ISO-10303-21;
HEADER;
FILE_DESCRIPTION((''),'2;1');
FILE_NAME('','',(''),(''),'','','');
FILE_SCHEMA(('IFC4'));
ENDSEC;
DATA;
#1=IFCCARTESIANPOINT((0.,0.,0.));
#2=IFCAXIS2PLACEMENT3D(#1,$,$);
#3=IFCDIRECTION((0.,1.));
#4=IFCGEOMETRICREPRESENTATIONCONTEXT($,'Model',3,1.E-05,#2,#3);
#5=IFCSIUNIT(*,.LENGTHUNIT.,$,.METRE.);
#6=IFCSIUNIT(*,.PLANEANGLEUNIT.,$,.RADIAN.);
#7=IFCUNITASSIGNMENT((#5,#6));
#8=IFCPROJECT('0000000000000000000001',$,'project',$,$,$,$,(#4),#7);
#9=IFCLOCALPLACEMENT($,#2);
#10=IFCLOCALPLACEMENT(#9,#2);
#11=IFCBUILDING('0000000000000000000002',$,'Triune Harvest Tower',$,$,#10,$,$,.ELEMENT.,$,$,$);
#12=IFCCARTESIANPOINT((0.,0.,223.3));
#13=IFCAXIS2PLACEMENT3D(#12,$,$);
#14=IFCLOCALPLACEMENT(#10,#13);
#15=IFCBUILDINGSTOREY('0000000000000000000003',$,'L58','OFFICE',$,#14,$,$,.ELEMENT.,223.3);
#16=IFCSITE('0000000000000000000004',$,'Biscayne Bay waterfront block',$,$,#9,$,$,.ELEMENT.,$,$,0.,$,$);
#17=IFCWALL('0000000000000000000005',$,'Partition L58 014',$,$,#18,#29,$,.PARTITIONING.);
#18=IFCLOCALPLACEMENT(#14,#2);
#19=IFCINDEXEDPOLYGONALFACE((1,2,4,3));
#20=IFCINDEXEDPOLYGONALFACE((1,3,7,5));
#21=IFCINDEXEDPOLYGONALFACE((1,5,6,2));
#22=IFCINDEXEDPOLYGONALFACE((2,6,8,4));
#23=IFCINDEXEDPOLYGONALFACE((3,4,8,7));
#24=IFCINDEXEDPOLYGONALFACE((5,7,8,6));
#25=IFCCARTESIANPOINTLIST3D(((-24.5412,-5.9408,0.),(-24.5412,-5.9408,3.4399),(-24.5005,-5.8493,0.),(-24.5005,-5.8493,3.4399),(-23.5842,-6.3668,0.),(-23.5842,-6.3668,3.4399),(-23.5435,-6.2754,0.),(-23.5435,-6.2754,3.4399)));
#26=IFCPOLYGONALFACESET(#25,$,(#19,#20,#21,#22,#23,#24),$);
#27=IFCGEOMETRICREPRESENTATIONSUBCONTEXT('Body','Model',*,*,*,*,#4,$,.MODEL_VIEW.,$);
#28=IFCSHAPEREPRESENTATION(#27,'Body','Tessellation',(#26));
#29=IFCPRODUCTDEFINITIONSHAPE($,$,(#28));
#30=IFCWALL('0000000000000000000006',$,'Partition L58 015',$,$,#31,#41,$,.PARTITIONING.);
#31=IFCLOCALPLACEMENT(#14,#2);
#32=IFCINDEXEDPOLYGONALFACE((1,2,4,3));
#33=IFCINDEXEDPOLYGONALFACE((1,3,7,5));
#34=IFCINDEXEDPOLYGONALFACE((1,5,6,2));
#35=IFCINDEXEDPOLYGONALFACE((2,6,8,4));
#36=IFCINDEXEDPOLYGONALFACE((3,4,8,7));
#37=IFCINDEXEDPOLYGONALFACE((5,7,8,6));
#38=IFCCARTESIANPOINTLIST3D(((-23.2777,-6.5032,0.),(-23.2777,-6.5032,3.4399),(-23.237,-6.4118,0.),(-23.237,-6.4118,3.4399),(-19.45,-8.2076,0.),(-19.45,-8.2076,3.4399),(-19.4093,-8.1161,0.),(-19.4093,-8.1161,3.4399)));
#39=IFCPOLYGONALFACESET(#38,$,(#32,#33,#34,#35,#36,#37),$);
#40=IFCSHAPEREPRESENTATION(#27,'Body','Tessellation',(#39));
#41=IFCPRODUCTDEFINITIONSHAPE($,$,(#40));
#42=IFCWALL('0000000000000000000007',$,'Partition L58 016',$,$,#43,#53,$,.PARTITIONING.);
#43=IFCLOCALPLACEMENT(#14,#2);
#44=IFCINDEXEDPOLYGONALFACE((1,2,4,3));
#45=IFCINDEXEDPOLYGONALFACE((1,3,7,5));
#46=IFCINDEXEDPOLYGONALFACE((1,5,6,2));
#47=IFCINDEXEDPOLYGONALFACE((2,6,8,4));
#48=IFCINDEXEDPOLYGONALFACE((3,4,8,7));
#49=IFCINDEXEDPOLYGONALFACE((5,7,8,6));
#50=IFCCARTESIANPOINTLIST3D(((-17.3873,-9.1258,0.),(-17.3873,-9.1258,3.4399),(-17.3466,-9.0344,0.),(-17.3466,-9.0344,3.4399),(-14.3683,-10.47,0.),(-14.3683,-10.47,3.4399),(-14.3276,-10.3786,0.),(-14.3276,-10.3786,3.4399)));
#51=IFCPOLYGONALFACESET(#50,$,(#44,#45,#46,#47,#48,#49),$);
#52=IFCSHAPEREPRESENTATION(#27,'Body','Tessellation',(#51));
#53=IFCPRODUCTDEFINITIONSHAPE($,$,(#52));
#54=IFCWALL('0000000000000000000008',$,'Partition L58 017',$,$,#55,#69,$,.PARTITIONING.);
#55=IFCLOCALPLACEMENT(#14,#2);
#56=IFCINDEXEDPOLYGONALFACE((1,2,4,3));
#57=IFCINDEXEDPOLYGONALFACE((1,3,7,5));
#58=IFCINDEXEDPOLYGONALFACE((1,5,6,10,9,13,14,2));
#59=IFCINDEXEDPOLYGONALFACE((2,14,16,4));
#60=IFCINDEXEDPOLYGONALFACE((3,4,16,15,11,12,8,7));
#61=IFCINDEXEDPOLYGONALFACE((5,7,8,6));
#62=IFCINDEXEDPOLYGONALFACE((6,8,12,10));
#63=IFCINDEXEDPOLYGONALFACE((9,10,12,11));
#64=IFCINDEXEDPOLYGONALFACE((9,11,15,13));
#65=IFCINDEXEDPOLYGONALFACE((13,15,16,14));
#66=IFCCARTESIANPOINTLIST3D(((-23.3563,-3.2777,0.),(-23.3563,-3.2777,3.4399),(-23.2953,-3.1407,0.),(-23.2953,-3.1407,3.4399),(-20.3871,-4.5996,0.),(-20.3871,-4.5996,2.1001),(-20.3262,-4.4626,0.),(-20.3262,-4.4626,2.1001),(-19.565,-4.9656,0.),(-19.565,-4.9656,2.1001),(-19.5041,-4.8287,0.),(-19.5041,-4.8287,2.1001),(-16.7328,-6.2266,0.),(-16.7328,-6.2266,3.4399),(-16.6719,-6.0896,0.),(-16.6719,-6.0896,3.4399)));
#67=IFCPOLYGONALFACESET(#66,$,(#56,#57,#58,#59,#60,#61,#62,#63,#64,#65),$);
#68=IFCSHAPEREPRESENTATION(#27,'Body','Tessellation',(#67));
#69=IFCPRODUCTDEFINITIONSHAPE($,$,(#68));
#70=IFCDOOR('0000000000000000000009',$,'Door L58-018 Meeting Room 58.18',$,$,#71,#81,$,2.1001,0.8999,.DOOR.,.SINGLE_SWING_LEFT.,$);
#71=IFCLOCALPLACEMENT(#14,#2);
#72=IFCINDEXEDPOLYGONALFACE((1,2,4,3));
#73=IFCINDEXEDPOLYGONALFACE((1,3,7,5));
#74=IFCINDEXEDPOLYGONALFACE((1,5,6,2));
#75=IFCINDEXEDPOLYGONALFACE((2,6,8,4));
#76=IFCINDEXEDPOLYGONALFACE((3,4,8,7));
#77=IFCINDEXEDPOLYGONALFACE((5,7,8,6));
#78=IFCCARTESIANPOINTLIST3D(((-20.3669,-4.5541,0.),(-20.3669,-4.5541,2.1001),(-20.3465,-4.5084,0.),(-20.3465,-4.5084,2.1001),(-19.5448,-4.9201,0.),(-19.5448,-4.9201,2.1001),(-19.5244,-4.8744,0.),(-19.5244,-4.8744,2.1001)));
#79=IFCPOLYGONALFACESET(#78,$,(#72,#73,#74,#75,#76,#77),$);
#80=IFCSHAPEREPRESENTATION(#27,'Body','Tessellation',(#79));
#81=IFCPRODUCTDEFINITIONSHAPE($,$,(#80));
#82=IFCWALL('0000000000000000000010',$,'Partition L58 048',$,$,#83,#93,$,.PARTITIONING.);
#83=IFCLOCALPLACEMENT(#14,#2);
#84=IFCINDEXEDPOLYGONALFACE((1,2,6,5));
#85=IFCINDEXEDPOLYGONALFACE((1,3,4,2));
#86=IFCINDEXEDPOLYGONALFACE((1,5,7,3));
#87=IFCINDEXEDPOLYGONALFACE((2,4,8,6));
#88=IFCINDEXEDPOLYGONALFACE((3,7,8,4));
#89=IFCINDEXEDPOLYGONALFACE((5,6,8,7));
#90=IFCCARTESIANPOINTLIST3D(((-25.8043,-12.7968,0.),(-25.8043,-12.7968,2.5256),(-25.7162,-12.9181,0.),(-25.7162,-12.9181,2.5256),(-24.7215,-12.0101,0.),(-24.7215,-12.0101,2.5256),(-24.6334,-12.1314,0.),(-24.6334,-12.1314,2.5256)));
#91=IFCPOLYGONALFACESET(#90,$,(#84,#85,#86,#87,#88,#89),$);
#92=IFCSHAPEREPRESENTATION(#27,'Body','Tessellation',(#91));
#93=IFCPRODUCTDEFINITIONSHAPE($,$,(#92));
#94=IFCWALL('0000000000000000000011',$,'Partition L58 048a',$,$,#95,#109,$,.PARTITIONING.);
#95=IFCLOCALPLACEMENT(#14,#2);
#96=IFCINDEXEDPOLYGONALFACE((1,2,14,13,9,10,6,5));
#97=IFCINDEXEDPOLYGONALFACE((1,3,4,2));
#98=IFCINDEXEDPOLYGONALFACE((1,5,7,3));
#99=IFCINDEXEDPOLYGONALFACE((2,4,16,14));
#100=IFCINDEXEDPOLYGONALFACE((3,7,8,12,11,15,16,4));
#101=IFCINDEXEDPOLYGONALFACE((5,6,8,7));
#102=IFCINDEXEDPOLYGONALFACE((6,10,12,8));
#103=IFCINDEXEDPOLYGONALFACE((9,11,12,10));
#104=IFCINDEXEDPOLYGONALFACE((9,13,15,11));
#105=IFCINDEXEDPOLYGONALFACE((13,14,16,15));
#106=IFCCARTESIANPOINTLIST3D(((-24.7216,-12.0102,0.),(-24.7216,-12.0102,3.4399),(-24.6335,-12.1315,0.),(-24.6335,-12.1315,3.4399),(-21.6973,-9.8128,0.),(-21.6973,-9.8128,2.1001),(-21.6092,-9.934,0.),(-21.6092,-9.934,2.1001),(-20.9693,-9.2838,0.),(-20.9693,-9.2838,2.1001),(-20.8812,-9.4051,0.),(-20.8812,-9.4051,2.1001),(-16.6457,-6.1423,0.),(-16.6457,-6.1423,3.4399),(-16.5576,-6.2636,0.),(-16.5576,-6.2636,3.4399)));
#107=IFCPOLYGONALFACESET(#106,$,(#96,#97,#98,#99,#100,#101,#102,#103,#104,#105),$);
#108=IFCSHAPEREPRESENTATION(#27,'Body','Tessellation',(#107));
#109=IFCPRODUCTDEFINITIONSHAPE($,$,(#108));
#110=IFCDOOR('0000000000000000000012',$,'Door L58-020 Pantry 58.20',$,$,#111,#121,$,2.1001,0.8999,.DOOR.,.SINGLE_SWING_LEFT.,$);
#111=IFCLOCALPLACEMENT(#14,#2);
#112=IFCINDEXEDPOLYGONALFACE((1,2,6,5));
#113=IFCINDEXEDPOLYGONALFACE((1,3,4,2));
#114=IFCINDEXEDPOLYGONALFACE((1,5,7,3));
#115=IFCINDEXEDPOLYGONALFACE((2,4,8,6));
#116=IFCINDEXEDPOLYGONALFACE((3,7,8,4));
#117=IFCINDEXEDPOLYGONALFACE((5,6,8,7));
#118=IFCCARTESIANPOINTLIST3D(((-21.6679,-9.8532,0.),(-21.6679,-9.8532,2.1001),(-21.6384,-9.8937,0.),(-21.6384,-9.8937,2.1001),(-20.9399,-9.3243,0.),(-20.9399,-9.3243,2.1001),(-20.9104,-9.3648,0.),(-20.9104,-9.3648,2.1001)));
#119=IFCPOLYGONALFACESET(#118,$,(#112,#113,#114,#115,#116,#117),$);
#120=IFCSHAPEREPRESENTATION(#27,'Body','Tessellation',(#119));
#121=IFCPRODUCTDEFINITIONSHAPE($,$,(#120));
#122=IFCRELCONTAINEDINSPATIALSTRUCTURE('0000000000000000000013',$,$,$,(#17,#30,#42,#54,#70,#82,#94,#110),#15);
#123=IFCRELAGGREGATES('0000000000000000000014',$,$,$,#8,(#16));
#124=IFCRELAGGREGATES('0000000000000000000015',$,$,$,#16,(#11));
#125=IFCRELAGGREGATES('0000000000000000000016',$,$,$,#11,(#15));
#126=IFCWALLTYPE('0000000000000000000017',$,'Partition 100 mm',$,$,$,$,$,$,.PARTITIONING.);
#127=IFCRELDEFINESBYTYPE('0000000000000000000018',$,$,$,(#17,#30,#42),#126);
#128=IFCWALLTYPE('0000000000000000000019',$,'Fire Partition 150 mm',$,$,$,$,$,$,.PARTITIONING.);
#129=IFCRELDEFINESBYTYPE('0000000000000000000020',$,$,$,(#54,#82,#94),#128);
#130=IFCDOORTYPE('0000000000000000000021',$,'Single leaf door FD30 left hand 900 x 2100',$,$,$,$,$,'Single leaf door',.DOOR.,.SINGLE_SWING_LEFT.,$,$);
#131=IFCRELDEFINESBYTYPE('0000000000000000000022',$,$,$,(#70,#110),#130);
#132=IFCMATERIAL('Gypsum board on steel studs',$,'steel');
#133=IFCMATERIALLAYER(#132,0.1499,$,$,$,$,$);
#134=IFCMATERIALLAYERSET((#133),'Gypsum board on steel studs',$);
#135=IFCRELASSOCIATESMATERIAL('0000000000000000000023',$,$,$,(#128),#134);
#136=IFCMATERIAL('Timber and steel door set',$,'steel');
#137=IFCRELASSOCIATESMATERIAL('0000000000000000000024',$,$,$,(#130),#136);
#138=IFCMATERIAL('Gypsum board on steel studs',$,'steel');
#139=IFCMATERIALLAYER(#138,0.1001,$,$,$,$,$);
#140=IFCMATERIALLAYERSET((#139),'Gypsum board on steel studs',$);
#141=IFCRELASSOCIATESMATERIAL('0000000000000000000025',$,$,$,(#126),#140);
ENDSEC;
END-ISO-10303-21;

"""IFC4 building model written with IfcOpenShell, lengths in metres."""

from ifc_helpers import new_model, si_unit, direction, frame, frame_2d, origin, place, context, subcontext, project, spatial, rectangle, extrude, source, transform, mapped, material, layer, layer_set, type_object, element, fill, save


model = new_model("IFC4")

# Units and contexts
model_context = context("Model", 3, precision=1e-05, world=origin(), true_north=direction((0.0, 1.0)))
body_context = subcontext(model_context, "Body", "Model", "MODEL_VIEW")
ifc_project = project(units=[si_unit("LENGTHUNIT", "METRE"), si_unit("PLANEANGLEUNIT", "RADIAN")], contexts=[model_context])

# Site, building, storey
site_placement = place(None, origin())
site = spatial("IfcSite", under=ifc_project, at=site_placement, Name="Biscayne Bay waterfront block", CompositionType="ELEMENT", RefElevation=0.0)
building_placement = place(site_placement, origin())
building = spatial("IfcBuilding", under=site, at=building_placement, Name="Triune Harvest Tower", CompositionType="ELEMENT")
storey_placement = place(building_placement, frame((0.0, 0.0, 223.3)))
storey = spatial("IfcBuildingStorey", under=building, at=storey_placement, Name="L58", Description="OFFICE", CompositionType="ELEMENT", Elevation=223.3)

# Shared definitions
ifc_material_1 = material(Name="Gypsum board on steel studs", Category="steel")
ifc_layer_1 = layer(ifc_material_1, 0.1499)
ifc_layer_set_1 = layer_set([ifc_layer_1], Name="Gypsum board on steel studs")
wall_type_1 = type_object("IfcWallType", Name="Fire Partition 150 mm", PredefinedType="PARTITIONING", material=ifc_layer_set_1)
ifc_material_2 = material(Name="Timber and steel door set", Category="steel")
door_type = type_object("IfcDoorType", Name="Single leaf door FD30 left hand 900 x 2100", ElementType="Single leaf door", OperationType="SINGLE_SWING_LEFT", PredefinedType="DOOR", material=ifc_material_2)

# Walls
ifc_material_3 = material(Name="Gypsum board on steel studs", Category="steel")
ifc_layer_2 = layer(ifc_material_3, 0.1001)
ifc_layer_set_2 = layer_set([ifc_layer_2], Name="Gypsum board on steel studs")
wall_type_2 = type_object("IfcWallType", Name="Partition 100 mm", PredefinedType="PARTITIONING", material=ifc_layer_set_2)
shared_shape_1 = source(origin(), body_context, "Body", "SweptSolid", [
    extrude(rectangle(XDim=1.0476, YDim=0.1001, at=frame_2d((0.5239, 0.0))), origin(), (0.0, 0.0, 1.0), 3.4399),
])
wall_1_placement = place(storey_placement, frame((-24.521, -5.895, 0.0), z_axis=(0.0, 0.0, 1.0), x_axis=(0.913571, -0.406679, 0.0)))
element("IfcWall", 1, at=wall_1_placement, inside=storey, type_object=wall_type_2, Name="Partition L58 014", PredefinedType="PARTITIONING", context=body_context, shape_type="MappedRepresentation", body=[
    mapped(shared_shape_1, transform((0.0, 0.0, 0.0), scale=1.0)),
])
shared_shape_2 = source(origin(), body_context, "Body", "SweptSolid", [
    extrude(rectangle(XDim=4.1899, YDim=0.1001, at=frame_2d((2.095, 0.0))), origin(), (0.0, 0.0, 1.0), 3.4399),
])
wall_2_placement = place(storey_placement, frame((-23.2573, -6.4575, 0.0), z_axis=(0.0, 0.0, 1.0), x_axis=(0.91353, -0.406771, 0.0)))
element("IfcWall", 2, at=wall_2_placement, inside=storey, type_object=wall_type_2, Name="Partition L58 015", PredefinedType="PARTITIONING", context=body_context, shape_type="MappedRepresentation", body=[
    mapped(shared_shape_2, transform((0.0, 0.0, 0.0), scale=1.0)),
])
shared_shape_3 = source(origin(), body_context, "Body", "SweptSolid", [
    extrude(rectangle(XDim=3.3047, YDim=0.1001, at=frame_2d((1.6523, 0.0))), origin(), (0.0, 0.0, 1.0), 3.4399),
])
wall_3_placement = place(storey_placement, frame((-17.3669, -9.0801, 0.0), z_axis=(0.0, 0.0, 1.0), x_axis=(0.913537, -0.406755, 0.0)))
element("IfcWall", 3, at=wall_3_placement, inside=storey, type_object=wall_type_2, Name="Partition L58 016", PredefinedType="PARTITIONING", context=body_context, shape_type="MappedRepresentation", body=[
    mapped(shared_shape_3, transform((0.0, 0.0, 0.0), scale=1.0)),
])

# Wall, opening, door
shared_shape_4 = source(origin(), body_context, "Body", "SweptSolid", [
    extrude(rectangle(XDim=7.2502, YDim=0.1499, at=frame_2d((3.625, 0.0))), origin(), (0.0, 0.0, 1.0), 3.4399),
])
wall_4_placement = place(storey_placement, frame((-23.3257, -3.2092, 0.0), z_axis=(0.0, 0.0, 1.0), x_axis=(0.913546, -0.406735, 0.0)))
wall_4 = element("IfcWall", 4, at=wall_4_placement, inside=storey, type_object=wall_type_1, Name="Partition L58 017", PredefinedType="PARTITIONING", context=body_context, shape_type="MappedRepresentation", body=[
    mapped(shared_shape_4, transform((0.0, 0.0, 0.0), scale=1.0)),
])
opening_1_placement = place(wall_4_placement, frame((3.25, 0.0, 0.0)))
opening_1 = element("IfcOpeningElement", 5, at=opening_1_placement, cuts=wall_4, PredefinedType="OPENING", context=body_context, shape_type="SweptSolid", body=[
    extrude(rectangle(XDim=0.8999, YDim=2.1001, at=frame_2d((0.45, 1.05))), frame((0.0, 0.085, 0.0), z_axis=(0.0, -1.0, 0.0), x_axis=(1.0, 0.0, 0.0)), (0.0, 0.0, 1.0), 0.1699),
])
door_1_placement = place(opening_1_placement, origin())
door_1 = element("IfcDoor", 6, at=door_1_placement, inside=storey, type_object=door_type, Name="Door L58-018 Meeting Room 58.18", OperationType="SINGLE_SWING_LEFT", OverallHeight=2.1001, OverallWidth=0.8999, PredefinedType="DOOR", context=body_context, shape_type="SweptSolid", body=[
    extrude(rectangle(XDim=0.8999, YDim=2.1001, at=frame_2d((0.45, 1.05))), frame((0.0, 0.0249, 0.0), z_axis=(0.0, -1.0, 0.0), x_axis=(1.0, 0.0, 0.0)), (0.0, 0.0, 1.0), 0.05),
])
fill(opening_1, door_1)

# Wall
shared_shape_5 = source(origin(), body_context, "Body", "SweptSolid", [
    extrude(rectangle(XDim=1.3384, YDim=0.1499, at=frame_2d((0.6692, 0.0))), origin(), (0.0, 0.0, 1.0), 2.5256),
])
wall_5_placement = place(storey_placement, frame((-25.7603, -12.8574, 0.0), z_axis=(0.0, 0.0, 1.0), x_axis=(0.809036, 0.587759, 0.0)))
element("IfcWall", 7, at=wall_5_placement, inside=storey, type_object=wall_type_1, Name="Partition L58 048", PredefinedType="PARTITIONING", context=body_context, shape_type="MappedRepresentation", body=[
    mapped(shared_shape_5, transform((0.0, 0.0, 0.0), scale=1.0)),
])

# Wall, opening, door
shared_shape_6 = source(origin(), body_context, "Body", "SweptSolid", [
    extrude(rectangle(XDim=9.9827, YDim=0.1499, at=frame_2d((4.9912, 0.0))), origin(), (0.0, 0.0, 1.0), 3.4399),
])
wall_6_placement = place(storey_placement, frame((-24.6775, -12.0708, 0.0), z_axis=(0.0, 0.0, 1.0), x_axis=(0.808997, 0.587812, 0.0)))
wall_6 = element("IfcWall", 8, at=wall_6_placement, inside=storey, type_object=wall_type_1, Name="Partition L58 048a", PredefinedType="PARTITIONING", context=body_context, shape_type="MappedRepresentation", body=[
    mapped(shared_shape_6, transform((0.0, 0.0, 0.0), scale=1.0)),
])
opening_2_placement = place(wall_6_placement, frame((3.7383, 0.0, 0.0)))
opening_2 = element("IfcOpeningElement", 9, at=opening_2_placement, cuts=wall_6, PredefinedType="OPENING", context=body_context, shape_type="SweptSolid", body=[
    extrude(rectangle(XDim=0.8999, YDim=2.1001, at=frame_2d((0.45, 1.05))), frame((0.0, 0.085, 0.0), z_axis=(0.0, -1.0, 0.0), x_axis=(1.0, 0.0, 0.0)), (0.0, 0.0, 1.0), 0.1699),
])
door_2_placement = place(opening_2_placement, origin())
door_2 = element("IfcDoor", 10, at=door_2_placement, inside=storey, type_object=door_type, Name="Door L58-020 Pantry 58.20", OperationType="SINGLE_SWING_LEFT", OverallHeight=2.1001, OverallWidth=0.8999, PredefinedType="DOOR", context=body_context, shape_type="SweptSolid", body=[
    extrude(rectangle(XDim=0.8999, YDim=2.1001, at=frame_2d((0.45, 1.05))), frame((0.0, 0.0249, 0.0), z_axis=(0.0, -1.0, 0.0), x_axis=(1.0, 0.0, 0.0)), (0.0, 0.0, 1.0), 0.05),
])
fill(opening_2, door_2)

save(model, "model.ifc")
